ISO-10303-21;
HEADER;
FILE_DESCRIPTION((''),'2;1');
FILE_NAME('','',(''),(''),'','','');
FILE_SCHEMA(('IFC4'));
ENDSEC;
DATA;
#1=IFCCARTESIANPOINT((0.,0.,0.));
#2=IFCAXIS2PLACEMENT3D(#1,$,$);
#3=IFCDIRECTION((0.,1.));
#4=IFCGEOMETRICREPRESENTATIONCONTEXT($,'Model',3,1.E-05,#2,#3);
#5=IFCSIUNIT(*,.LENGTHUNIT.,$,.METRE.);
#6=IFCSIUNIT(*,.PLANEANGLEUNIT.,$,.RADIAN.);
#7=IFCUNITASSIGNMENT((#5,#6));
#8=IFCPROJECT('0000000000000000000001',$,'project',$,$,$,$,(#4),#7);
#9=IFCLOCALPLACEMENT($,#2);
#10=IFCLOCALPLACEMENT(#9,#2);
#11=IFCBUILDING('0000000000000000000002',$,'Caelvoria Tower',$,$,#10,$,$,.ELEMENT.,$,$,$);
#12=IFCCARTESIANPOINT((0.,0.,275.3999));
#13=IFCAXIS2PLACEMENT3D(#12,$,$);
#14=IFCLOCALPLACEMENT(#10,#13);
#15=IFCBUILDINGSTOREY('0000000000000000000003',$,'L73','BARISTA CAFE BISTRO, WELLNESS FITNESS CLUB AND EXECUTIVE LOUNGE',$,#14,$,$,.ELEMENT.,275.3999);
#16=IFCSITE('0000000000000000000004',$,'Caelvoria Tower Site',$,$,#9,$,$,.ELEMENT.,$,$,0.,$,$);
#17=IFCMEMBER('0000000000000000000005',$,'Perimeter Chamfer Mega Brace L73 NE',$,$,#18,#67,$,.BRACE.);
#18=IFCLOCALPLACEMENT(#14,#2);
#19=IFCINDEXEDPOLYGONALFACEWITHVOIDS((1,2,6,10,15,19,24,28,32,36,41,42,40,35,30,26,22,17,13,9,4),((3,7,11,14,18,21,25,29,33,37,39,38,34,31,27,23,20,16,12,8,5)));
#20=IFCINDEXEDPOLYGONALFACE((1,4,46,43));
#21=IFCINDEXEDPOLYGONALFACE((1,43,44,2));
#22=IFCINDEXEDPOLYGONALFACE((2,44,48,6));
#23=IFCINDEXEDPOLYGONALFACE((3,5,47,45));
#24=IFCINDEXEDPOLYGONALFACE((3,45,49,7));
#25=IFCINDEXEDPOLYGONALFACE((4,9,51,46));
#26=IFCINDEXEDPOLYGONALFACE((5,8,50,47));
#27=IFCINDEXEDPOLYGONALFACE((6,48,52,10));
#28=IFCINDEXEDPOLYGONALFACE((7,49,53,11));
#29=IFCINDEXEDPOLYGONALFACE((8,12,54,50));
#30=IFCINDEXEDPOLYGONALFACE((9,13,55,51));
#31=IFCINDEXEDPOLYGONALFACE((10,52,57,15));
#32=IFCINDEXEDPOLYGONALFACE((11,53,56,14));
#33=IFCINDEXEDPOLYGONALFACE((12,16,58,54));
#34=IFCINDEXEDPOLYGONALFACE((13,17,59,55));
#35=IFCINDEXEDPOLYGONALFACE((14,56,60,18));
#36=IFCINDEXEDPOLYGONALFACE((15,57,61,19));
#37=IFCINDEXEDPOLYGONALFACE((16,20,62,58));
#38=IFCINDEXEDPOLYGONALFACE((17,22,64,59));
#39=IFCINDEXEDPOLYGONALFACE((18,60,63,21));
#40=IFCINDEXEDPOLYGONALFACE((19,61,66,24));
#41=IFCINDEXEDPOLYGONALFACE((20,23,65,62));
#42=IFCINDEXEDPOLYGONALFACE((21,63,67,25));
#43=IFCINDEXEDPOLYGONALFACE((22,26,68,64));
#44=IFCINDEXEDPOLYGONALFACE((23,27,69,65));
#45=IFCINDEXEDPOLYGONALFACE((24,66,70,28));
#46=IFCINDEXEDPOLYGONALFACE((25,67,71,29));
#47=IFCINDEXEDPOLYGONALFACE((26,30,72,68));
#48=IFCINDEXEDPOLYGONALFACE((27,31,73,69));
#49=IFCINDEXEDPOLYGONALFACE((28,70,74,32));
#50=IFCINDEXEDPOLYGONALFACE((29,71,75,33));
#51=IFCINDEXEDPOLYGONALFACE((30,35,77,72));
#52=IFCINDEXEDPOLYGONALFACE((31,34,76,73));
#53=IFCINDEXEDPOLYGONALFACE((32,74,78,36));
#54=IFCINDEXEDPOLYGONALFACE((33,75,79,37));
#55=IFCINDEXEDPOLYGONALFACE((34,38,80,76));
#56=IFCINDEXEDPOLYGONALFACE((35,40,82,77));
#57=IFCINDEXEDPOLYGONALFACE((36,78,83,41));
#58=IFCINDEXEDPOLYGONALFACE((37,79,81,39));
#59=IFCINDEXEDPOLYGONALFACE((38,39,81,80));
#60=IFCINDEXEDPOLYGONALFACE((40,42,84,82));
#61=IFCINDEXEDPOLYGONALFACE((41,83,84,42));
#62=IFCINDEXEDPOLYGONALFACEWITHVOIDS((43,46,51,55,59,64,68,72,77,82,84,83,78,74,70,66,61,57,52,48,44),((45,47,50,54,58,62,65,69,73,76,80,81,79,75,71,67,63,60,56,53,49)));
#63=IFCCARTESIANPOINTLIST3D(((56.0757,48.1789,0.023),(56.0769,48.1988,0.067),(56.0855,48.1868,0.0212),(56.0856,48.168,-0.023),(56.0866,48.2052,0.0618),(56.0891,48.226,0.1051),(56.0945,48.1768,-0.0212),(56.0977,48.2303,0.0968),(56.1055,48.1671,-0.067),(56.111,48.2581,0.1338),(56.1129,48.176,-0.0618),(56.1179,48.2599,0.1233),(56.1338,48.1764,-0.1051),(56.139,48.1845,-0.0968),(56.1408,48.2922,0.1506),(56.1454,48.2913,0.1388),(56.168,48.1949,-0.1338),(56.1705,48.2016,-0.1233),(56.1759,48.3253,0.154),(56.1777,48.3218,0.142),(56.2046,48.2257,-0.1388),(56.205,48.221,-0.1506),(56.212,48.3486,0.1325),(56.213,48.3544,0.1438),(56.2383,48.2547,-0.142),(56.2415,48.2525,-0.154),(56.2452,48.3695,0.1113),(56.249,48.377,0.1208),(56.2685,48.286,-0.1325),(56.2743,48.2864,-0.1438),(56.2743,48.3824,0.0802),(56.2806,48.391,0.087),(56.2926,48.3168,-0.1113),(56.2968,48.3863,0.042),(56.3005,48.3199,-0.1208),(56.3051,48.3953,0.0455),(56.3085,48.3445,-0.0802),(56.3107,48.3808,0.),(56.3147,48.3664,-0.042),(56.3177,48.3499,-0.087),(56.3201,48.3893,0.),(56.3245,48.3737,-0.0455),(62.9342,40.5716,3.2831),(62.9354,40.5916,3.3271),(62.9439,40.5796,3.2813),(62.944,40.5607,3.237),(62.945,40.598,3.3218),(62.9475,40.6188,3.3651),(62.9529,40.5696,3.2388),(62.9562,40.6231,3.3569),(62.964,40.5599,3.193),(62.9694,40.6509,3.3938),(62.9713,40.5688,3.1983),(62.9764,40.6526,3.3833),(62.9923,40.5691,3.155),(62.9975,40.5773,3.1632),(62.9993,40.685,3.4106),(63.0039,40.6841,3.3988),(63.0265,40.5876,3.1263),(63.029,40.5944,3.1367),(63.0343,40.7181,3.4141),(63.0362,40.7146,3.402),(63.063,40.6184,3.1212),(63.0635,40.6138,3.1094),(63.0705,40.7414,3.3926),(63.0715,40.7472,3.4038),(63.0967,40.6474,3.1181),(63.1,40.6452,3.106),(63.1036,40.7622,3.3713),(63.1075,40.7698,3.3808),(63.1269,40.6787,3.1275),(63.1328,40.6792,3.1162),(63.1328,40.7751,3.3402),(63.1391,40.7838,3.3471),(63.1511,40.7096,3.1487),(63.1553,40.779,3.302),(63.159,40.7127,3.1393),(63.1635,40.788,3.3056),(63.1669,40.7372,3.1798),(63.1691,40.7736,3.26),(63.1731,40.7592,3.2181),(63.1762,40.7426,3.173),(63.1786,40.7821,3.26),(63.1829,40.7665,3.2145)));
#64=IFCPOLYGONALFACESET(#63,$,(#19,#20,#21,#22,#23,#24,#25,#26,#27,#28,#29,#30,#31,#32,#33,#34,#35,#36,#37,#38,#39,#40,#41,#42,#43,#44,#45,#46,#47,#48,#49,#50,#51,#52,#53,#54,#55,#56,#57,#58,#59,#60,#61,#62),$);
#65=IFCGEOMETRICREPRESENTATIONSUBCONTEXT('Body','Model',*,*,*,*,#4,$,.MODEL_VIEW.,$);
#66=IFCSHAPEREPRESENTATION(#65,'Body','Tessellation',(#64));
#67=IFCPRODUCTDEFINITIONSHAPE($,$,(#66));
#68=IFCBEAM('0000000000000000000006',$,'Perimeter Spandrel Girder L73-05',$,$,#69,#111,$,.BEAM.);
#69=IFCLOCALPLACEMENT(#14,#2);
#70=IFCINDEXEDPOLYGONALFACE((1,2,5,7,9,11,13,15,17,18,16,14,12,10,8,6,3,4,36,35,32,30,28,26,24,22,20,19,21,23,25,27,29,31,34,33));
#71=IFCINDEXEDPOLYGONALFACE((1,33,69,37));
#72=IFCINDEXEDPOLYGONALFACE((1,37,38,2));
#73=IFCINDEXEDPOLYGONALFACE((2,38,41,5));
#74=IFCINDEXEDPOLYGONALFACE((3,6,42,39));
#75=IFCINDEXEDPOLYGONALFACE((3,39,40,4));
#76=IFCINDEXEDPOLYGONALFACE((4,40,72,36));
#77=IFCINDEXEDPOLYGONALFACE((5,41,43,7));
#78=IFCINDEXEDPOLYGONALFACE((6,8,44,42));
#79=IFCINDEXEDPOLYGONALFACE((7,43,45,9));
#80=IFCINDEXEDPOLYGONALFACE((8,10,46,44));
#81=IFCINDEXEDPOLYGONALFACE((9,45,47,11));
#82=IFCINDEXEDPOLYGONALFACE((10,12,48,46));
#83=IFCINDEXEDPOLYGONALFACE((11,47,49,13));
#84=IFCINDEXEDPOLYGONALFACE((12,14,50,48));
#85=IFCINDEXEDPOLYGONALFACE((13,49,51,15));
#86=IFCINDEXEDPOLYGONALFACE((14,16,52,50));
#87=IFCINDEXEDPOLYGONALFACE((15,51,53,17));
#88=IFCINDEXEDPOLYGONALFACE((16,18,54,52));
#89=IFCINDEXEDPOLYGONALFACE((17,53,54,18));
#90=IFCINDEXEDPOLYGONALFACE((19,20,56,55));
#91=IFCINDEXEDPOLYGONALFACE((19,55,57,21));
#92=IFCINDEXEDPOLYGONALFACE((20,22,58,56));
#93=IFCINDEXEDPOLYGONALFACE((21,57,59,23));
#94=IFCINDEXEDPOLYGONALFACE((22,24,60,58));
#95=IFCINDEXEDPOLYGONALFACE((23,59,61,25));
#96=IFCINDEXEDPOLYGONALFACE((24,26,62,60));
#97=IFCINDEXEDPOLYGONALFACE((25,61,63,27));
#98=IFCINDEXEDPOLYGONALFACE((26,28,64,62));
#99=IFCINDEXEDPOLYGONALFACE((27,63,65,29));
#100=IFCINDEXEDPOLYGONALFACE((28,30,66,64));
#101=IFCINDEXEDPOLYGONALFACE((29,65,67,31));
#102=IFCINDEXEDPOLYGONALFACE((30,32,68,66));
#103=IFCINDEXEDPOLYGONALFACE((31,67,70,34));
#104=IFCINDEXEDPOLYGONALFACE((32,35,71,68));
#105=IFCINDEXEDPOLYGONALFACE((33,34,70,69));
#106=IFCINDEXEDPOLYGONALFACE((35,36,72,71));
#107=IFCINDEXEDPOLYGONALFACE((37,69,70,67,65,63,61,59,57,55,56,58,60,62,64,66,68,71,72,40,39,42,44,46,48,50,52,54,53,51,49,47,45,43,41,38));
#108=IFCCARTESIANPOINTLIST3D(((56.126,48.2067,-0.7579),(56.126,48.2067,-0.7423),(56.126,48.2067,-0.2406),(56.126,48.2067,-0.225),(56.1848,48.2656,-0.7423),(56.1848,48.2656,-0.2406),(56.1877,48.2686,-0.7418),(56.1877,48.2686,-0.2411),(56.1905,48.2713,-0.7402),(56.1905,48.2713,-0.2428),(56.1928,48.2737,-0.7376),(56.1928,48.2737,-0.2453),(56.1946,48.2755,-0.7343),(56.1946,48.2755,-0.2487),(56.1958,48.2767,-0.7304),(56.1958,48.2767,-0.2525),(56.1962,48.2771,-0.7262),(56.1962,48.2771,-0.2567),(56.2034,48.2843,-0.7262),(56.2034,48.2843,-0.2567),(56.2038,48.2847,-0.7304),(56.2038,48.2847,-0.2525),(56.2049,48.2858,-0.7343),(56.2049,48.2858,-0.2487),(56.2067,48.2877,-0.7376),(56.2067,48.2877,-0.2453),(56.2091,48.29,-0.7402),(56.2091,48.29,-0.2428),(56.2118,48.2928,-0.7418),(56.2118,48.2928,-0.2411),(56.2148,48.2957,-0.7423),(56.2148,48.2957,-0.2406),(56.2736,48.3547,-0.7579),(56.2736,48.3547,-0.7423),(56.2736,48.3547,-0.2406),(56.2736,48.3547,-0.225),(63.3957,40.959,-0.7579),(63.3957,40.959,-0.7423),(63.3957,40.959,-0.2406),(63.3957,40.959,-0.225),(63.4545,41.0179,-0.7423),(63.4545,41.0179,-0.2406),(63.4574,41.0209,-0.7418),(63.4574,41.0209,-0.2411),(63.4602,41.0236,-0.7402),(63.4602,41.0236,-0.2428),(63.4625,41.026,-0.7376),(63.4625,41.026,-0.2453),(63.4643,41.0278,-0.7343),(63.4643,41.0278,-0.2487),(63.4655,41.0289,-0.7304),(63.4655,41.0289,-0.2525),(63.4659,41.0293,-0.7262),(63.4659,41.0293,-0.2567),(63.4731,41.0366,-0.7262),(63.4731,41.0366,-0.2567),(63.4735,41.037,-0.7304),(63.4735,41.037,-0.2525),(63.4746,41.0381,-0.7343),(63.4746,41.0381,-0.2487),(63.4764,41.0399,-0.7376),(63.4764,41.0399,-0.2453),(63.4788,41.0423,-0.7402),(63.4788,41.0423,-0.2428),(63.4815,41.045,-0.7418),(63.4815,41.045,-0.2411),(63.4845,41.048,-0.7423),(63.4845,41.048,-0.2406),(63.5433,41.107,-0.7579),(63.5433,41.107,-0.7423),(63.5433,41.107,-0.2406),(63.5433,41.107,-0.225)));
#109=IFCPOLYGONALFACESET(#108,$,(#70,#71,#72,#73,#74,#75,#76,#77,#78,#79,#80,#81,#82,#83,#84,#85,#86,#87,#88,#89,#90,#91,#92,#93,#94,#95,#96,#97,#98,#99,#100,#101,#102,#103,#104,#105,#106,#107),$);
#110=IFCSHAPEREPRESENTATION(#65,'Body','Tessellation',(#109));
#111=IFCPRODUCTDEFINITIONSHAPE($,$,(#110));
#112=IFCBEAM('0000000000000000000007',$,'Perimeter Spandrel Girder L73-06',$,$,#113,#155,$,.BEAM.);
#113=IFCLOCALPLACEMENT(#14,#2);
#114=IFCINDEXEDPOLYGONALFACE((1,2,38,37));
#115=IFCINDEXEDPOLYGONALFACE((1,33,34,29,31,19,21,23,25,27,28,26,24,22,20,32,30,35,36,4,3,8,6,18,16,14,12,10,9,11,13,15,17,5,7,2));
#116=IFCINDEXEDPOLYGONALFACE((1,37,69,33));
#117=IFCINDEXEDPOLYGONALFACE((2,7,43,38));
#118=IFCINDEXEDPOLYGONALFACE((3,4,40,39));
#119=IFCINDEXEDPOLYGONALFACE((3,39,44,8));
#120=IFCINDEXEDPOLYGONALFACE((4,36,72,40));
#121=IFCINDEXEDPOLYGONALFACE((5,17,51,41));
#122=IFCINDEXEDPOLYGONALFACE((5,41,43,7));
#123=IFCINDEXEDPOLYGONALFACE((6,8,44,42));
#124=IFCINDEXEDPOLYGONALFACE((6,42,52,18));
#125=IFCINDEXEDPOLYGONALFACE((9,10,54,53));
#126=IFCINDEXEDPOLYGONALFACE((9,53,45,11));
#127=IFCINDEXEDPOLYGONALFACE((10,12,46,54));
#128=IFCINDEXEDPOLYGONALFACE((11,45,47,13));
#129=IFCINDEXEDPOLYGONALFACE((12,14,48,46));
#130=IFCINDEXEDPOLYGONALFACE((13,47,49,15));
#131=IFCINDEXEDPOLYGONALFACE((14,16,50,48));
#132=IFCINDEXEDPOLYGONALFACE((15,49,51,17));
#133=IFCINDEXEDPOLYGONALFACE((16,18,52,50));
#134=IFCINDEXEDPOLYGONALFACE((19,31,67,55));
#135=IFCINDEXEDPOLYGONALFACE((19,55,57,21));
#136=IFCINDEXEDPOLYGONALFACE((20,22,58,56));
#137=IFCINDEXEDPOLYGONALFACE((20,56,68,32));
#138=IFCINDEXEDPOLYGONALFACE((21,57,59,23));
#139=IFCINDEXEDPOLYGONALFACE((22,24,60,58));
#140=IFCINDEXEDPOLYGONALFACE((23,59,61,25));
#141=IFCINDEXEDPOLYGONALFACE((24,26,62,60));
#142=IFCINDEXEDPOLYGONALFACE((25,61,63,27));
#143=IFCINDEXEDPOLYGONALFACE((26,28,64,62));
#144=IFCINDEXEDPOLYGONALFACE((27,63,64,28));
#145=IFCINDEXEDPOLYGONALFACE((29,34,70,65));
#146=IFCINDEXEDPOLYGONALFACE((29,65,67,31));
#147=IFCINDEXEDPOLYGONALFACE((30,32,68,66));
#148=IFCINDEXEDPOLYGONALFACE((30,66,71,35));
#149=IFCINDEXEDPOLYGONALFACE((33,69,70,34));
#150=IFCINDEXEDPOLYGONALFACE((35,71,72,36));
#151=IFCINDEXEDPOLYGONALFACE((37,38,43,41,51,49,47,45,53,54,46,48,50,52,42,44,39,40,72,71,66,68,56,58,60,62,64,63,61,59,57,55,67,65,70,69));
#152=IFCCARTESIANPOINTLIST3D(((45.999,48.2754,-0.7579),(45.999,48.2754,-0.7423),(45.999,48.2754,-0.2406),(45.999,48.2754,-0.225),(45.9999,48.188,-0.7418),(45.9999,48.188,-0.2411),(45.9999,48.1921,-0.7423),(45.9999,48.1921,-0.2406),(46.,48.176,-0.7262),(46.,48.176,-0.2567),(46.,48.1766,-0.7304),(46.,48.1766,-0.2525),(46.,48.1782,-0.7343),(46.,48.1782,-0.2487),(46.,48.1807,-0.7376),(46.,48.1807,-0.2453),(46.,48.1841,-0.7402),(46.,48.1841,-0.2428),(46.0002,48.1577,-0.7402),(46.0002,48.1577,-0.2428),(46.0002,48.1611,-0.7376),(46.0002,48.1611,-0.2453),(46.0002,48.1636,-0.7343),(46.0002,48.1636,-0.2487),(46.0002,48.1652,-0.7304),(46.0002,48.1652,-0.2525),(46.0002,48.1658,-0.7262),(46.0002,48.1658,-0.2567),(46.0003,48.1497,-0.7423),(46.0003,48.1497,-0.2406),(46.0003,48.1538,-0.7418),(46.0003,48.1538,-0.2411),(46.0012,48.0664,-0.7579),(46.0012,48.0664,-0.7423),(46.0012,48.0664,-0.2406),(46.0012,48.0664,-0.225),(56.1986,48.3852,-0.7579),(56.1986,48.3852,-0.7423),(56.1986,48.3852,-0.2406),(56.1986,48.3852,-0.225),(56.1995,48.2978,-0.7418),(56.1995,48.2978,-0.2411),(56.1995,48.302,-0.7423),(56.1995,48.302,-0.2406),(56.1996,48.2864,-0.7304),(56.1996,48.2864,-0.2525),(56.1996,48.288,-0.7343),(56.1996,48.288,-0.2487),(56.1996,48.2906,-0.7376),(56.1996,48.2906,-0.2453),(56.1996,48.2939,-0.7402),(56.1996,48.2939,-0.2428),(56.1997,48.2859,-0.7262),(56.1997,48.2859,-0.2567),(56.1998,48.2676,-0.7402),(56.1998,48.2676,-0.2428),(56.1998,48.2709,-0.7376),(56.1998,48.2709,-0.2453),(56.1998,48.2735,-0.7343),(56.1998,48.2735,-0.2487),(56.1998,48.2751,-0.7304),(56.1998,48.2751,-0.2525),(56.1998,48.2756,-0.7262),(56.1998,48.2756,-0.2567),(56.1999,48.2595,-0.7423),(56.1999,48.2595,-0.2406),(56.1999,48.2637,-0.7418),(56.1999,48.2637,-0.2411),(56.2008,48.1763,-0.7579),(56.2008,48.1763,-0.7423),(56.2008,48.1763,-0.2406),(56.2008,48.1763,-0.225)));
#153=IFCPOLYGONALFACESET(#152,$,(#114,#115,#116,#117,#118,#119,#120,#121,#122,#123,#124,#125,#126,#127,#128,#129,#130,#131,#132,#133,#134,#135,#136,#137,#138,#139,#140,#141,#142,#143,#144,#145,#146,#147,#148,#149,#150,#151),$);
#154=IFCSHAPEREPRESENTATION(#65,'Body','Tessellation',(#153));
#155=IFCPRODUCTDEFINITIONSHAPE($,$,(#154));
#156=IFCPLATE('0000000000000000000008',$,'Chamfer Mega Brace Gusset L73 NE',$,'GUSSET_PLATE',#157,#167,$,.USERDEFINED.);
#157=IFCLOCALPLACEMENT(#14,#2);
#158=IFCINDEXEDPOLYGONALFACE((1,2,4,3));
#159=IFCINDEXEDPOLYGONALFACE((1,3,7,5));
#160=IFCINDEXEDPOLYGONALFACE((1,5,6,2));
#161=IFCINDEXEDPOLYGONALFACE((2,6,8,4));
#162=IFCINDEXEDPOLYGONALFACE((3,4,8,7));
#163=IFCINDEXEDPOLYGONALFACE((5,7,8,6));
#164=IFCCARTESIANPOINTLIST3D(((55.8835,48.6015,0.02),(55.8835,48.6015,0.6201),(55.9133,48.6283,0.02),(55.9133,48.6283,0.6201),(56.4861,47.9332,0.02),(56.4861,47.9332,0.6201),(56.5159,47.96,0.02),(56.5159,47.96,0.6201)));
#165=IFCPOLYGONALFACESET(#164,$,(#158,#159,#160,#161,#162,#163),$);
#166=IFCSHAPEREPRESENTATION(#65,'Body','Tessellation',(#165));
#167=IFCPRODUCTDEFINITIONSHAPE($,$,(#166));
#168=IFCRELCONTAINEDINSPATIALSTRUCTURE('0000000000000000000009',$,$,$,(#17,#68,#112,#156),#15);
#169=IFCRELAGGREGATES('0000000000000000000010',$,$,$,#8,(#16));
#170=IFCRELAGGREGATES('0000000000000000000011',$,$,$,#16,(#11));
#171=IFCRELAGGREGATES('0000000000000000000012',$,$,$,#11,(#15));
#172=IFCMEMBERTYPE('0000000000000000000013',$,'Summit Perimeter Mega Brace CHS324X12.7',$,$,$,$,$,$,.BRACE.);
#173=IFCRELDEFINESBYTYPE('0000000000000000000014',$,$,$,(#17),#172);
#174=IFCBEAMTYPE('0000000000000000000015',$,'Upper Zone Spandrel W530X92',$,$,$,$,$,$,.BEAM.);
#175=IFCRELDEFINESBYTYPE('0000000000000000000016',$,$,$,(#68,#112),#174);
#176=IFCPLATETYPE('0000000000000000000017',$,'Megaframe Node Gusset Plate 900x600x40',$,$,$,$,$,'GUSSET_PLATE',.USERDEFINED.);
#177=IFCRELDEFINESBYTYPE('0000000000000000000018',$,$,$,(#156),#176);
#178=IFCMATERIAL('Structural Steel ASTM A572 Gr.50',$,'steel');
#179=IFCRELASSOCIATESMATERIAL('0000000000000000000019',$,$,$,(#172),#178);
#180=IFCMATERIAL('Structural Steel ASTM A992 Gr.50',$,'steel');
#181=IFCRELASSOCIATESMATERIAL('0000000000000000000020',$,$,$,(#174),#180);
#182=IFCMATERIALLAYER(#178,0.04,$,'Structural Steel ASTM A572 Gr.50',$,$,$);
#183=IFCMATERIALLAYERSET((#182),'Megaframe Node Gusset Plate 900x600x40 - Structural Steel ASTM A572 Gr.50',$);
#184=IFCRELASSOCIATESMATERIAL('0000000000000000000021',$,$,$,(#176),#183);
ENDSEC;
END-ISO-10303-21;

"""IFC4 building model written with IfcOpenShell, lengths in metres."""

from ifc_helpers import new_model, si_unit, direction, frame, origin, origin_2d, place, context, subcontext, project, spatial, rectangle, hollow_circle, i_section, extrude, material, layer, layer_set, material_profile, profile_set, type_object, element, save


model = new_model("IFC4")

# Units and contexts
model_context = context("Model", 3, precision=1e-05, world=origin(), true_north=direction((0.0, 1.0)))
body_context = subcontext(model_context, "Body", "Model", "MODEL_VIEW")
ifc_project = project(units=[si_unit("LENGTHUNIT", "METRE"), si_unit("PLANEANGLEUNIT", "RADIAN")], contexts=[model_context])

# Site, building, storey
site_placement = place(None, origin())
site = spatial("IfcSite", under=ifc_project, at=site_placement, Name="Caelvoria Tower Site", CompositionType="ELEMENT", RefElevation=0.0)
building_placement = place(site_placement, origin())
building = spatial("IfcBuilding", under=site, at=building_placement, Name="Caelvoria Tower", CompositionType="ELEMENT")
storey_placement = place(building_placement, frame((0.0, 0.0, 275.3999)))
storey = spatial("IfcBuildingStorey", under=building, at=storey_placement, Name="L73", Description="BARISTA CAFE BISTRO, WELLNESS FITNESS CLUB AND EXECUTIVE LOUNGE", CompositionType="ELEMENT", Elevation=275.3999)

# Shared definitions
ifc_material_1 = material(Name="Structural Steel ASTM A572 Gr.50", Category="steel")

# Shared definitions
ifc_material_2 = material(Name="Structural Steel ASTM A992 Gr.50", Category="steel")

# Member
ifc_material_profile_1 = material_profile(ifc_material_1, hollow_circle(Radius=0.1621, WallThickness=0.0127, at=origin_2d()), Name="Structural Steel ASTM A572 Gr.50")
ifc_profile_set_1 = profile_set([ifc_material_profile_1], Name="CHS324X12.7 - Structural Steel ASTM A572 Gr.50")
member_type = type_object("IfcMemberType", Name="Summit Perimeter Mega Brace CHS324X12.7", PredefinedType="BRACE", material=ifc_profile_set_1)
member_placement = place(storey_placement, frame((56.1997, 48.2808, 0.0), z_axis=(0.638068, -0.70773, 0.303294), x_axis=(0.742714, 0.669608, 0.0)))
element("IfcMember", 1, at=member_placement, inside=storey, type_object=member_type, Name="Perimeter Chamfer Mega Brace L73 NE", PredefinedType="BRACE", context=body_context, shape_type="SweptSolid", body=[
    extrude(hollow_circle(Radius=0.1621, WallThickness=0.0127, at=origin_2d()), origin(), (0.0, 0.0, 1.0), 10.7488),
])

# Beams
ifc_material_profile_2 = material_profile(ifc_material_2, i_section(OverallWidth=0.209, OverallDepth=0.533, WebThickness=0.0103, FlangeThickness=0.0156, FilletRadius=0.0161, at=origin_2d()), Name="Structural Steel ASTM A992 Gr.50")
ifc_profile_set_2 = profile_set([ifc_material_profile_2], Name="W530X92 - Structural Steel ASTM A992 Gr.50")
beam_type_1 = type_object("IfcBeamType", Name="Upper Zone Spandrel W530X92", PredefinedType="BEAM", material=ifc_profile_set_2)
beam_1_placement = place(storey_placement, frame((63.4695, 41.033, -0.4915), z_axis=(-0.708176, 0.706036, 0.0), x_axis=(-0.706036, -0.708176, 0.0)))
element("IfcBeam", 2, at=beam_1_placement, inside=storey, type_object=beam_type_1, Name="Perimeter Spandrel Girder L73-05", PredefinedType="BEAM", context=body_context, shape_type="SweptSolid", body=[
    extrude(i_section(OverallWidth=0.209, OverallDepth=0.533, WebThickness=0.0103, FlangeThickness=0.0156, FilletRadius=0.0161, at=origin_2d()), origin(), (0.0, 0.0, 1.0), 10.2654),
])
beam_2_placement = place(storey_placement, frame((56.1997, 48.2808, -0.4915), z_axis=(-0.999942, -0.010771, 0.0), x_axis=(0.010771, -0.999942, 0.0)))
element("IfcBeam", 3, at=beam_2_placement, inside=storey, type_object=beam_type_1, Name="Perimeter Spandrel Girder L73-06", PredefinedType="BEAM", context=body_context, shape_type="SweptSolid", body=[
    extrude(i_section(OverallWidth=0.209, OverallDepth=0.533, WebThickness=0.0103, FlangeThickness=0.0156, FilletRadius=0.0161, at=origin_2d()), origin(), (0.0, 0.0, 1.0), 10.2002),
])

# Plate
ifc_layer_1 = layer(ifc_material_1, 0.04, Name="Structural Steel ASTM A572 Gr.50")
ifc_layer_set_1 = layer_set([ifc_layer_1], Name="Megaframe Node Gusset Plate 900x600x40 - Structural Steel ASTM A572 Gr.50")
plate_type = type_object("IfcPlateType", Name="Megaframe Node Gusset Plate 900x600x40", ElementType="GUSSET_PLATE", PredefinedType="USERDEFINED", material=ifc_layer_set_1)
plate_placement = place(storey_placement, frame((56.1997, 48.2808, 0.02), z_axis=(0.0, 0.0, 1.0), x_axis=(0.669629, -0.742696, 0.0)))
element("IfcPlate", 4, at=plate_placement, inside=storey, type_object=plate_type, Name="Chamfer Mega Brace Gusset L73 NE", ObjectType="GUSSET_PLATE", PredefinedType="USERDEFINED", context=body_context, shape_type="SweptSolid", body=[
    extrude(rectangle(XDim=0.8999, YDim=0.04, at=origin_2d()), origin(), (0.0, 0.0, 1.0), 0.6001),
])

save(model, "model.ifc")
